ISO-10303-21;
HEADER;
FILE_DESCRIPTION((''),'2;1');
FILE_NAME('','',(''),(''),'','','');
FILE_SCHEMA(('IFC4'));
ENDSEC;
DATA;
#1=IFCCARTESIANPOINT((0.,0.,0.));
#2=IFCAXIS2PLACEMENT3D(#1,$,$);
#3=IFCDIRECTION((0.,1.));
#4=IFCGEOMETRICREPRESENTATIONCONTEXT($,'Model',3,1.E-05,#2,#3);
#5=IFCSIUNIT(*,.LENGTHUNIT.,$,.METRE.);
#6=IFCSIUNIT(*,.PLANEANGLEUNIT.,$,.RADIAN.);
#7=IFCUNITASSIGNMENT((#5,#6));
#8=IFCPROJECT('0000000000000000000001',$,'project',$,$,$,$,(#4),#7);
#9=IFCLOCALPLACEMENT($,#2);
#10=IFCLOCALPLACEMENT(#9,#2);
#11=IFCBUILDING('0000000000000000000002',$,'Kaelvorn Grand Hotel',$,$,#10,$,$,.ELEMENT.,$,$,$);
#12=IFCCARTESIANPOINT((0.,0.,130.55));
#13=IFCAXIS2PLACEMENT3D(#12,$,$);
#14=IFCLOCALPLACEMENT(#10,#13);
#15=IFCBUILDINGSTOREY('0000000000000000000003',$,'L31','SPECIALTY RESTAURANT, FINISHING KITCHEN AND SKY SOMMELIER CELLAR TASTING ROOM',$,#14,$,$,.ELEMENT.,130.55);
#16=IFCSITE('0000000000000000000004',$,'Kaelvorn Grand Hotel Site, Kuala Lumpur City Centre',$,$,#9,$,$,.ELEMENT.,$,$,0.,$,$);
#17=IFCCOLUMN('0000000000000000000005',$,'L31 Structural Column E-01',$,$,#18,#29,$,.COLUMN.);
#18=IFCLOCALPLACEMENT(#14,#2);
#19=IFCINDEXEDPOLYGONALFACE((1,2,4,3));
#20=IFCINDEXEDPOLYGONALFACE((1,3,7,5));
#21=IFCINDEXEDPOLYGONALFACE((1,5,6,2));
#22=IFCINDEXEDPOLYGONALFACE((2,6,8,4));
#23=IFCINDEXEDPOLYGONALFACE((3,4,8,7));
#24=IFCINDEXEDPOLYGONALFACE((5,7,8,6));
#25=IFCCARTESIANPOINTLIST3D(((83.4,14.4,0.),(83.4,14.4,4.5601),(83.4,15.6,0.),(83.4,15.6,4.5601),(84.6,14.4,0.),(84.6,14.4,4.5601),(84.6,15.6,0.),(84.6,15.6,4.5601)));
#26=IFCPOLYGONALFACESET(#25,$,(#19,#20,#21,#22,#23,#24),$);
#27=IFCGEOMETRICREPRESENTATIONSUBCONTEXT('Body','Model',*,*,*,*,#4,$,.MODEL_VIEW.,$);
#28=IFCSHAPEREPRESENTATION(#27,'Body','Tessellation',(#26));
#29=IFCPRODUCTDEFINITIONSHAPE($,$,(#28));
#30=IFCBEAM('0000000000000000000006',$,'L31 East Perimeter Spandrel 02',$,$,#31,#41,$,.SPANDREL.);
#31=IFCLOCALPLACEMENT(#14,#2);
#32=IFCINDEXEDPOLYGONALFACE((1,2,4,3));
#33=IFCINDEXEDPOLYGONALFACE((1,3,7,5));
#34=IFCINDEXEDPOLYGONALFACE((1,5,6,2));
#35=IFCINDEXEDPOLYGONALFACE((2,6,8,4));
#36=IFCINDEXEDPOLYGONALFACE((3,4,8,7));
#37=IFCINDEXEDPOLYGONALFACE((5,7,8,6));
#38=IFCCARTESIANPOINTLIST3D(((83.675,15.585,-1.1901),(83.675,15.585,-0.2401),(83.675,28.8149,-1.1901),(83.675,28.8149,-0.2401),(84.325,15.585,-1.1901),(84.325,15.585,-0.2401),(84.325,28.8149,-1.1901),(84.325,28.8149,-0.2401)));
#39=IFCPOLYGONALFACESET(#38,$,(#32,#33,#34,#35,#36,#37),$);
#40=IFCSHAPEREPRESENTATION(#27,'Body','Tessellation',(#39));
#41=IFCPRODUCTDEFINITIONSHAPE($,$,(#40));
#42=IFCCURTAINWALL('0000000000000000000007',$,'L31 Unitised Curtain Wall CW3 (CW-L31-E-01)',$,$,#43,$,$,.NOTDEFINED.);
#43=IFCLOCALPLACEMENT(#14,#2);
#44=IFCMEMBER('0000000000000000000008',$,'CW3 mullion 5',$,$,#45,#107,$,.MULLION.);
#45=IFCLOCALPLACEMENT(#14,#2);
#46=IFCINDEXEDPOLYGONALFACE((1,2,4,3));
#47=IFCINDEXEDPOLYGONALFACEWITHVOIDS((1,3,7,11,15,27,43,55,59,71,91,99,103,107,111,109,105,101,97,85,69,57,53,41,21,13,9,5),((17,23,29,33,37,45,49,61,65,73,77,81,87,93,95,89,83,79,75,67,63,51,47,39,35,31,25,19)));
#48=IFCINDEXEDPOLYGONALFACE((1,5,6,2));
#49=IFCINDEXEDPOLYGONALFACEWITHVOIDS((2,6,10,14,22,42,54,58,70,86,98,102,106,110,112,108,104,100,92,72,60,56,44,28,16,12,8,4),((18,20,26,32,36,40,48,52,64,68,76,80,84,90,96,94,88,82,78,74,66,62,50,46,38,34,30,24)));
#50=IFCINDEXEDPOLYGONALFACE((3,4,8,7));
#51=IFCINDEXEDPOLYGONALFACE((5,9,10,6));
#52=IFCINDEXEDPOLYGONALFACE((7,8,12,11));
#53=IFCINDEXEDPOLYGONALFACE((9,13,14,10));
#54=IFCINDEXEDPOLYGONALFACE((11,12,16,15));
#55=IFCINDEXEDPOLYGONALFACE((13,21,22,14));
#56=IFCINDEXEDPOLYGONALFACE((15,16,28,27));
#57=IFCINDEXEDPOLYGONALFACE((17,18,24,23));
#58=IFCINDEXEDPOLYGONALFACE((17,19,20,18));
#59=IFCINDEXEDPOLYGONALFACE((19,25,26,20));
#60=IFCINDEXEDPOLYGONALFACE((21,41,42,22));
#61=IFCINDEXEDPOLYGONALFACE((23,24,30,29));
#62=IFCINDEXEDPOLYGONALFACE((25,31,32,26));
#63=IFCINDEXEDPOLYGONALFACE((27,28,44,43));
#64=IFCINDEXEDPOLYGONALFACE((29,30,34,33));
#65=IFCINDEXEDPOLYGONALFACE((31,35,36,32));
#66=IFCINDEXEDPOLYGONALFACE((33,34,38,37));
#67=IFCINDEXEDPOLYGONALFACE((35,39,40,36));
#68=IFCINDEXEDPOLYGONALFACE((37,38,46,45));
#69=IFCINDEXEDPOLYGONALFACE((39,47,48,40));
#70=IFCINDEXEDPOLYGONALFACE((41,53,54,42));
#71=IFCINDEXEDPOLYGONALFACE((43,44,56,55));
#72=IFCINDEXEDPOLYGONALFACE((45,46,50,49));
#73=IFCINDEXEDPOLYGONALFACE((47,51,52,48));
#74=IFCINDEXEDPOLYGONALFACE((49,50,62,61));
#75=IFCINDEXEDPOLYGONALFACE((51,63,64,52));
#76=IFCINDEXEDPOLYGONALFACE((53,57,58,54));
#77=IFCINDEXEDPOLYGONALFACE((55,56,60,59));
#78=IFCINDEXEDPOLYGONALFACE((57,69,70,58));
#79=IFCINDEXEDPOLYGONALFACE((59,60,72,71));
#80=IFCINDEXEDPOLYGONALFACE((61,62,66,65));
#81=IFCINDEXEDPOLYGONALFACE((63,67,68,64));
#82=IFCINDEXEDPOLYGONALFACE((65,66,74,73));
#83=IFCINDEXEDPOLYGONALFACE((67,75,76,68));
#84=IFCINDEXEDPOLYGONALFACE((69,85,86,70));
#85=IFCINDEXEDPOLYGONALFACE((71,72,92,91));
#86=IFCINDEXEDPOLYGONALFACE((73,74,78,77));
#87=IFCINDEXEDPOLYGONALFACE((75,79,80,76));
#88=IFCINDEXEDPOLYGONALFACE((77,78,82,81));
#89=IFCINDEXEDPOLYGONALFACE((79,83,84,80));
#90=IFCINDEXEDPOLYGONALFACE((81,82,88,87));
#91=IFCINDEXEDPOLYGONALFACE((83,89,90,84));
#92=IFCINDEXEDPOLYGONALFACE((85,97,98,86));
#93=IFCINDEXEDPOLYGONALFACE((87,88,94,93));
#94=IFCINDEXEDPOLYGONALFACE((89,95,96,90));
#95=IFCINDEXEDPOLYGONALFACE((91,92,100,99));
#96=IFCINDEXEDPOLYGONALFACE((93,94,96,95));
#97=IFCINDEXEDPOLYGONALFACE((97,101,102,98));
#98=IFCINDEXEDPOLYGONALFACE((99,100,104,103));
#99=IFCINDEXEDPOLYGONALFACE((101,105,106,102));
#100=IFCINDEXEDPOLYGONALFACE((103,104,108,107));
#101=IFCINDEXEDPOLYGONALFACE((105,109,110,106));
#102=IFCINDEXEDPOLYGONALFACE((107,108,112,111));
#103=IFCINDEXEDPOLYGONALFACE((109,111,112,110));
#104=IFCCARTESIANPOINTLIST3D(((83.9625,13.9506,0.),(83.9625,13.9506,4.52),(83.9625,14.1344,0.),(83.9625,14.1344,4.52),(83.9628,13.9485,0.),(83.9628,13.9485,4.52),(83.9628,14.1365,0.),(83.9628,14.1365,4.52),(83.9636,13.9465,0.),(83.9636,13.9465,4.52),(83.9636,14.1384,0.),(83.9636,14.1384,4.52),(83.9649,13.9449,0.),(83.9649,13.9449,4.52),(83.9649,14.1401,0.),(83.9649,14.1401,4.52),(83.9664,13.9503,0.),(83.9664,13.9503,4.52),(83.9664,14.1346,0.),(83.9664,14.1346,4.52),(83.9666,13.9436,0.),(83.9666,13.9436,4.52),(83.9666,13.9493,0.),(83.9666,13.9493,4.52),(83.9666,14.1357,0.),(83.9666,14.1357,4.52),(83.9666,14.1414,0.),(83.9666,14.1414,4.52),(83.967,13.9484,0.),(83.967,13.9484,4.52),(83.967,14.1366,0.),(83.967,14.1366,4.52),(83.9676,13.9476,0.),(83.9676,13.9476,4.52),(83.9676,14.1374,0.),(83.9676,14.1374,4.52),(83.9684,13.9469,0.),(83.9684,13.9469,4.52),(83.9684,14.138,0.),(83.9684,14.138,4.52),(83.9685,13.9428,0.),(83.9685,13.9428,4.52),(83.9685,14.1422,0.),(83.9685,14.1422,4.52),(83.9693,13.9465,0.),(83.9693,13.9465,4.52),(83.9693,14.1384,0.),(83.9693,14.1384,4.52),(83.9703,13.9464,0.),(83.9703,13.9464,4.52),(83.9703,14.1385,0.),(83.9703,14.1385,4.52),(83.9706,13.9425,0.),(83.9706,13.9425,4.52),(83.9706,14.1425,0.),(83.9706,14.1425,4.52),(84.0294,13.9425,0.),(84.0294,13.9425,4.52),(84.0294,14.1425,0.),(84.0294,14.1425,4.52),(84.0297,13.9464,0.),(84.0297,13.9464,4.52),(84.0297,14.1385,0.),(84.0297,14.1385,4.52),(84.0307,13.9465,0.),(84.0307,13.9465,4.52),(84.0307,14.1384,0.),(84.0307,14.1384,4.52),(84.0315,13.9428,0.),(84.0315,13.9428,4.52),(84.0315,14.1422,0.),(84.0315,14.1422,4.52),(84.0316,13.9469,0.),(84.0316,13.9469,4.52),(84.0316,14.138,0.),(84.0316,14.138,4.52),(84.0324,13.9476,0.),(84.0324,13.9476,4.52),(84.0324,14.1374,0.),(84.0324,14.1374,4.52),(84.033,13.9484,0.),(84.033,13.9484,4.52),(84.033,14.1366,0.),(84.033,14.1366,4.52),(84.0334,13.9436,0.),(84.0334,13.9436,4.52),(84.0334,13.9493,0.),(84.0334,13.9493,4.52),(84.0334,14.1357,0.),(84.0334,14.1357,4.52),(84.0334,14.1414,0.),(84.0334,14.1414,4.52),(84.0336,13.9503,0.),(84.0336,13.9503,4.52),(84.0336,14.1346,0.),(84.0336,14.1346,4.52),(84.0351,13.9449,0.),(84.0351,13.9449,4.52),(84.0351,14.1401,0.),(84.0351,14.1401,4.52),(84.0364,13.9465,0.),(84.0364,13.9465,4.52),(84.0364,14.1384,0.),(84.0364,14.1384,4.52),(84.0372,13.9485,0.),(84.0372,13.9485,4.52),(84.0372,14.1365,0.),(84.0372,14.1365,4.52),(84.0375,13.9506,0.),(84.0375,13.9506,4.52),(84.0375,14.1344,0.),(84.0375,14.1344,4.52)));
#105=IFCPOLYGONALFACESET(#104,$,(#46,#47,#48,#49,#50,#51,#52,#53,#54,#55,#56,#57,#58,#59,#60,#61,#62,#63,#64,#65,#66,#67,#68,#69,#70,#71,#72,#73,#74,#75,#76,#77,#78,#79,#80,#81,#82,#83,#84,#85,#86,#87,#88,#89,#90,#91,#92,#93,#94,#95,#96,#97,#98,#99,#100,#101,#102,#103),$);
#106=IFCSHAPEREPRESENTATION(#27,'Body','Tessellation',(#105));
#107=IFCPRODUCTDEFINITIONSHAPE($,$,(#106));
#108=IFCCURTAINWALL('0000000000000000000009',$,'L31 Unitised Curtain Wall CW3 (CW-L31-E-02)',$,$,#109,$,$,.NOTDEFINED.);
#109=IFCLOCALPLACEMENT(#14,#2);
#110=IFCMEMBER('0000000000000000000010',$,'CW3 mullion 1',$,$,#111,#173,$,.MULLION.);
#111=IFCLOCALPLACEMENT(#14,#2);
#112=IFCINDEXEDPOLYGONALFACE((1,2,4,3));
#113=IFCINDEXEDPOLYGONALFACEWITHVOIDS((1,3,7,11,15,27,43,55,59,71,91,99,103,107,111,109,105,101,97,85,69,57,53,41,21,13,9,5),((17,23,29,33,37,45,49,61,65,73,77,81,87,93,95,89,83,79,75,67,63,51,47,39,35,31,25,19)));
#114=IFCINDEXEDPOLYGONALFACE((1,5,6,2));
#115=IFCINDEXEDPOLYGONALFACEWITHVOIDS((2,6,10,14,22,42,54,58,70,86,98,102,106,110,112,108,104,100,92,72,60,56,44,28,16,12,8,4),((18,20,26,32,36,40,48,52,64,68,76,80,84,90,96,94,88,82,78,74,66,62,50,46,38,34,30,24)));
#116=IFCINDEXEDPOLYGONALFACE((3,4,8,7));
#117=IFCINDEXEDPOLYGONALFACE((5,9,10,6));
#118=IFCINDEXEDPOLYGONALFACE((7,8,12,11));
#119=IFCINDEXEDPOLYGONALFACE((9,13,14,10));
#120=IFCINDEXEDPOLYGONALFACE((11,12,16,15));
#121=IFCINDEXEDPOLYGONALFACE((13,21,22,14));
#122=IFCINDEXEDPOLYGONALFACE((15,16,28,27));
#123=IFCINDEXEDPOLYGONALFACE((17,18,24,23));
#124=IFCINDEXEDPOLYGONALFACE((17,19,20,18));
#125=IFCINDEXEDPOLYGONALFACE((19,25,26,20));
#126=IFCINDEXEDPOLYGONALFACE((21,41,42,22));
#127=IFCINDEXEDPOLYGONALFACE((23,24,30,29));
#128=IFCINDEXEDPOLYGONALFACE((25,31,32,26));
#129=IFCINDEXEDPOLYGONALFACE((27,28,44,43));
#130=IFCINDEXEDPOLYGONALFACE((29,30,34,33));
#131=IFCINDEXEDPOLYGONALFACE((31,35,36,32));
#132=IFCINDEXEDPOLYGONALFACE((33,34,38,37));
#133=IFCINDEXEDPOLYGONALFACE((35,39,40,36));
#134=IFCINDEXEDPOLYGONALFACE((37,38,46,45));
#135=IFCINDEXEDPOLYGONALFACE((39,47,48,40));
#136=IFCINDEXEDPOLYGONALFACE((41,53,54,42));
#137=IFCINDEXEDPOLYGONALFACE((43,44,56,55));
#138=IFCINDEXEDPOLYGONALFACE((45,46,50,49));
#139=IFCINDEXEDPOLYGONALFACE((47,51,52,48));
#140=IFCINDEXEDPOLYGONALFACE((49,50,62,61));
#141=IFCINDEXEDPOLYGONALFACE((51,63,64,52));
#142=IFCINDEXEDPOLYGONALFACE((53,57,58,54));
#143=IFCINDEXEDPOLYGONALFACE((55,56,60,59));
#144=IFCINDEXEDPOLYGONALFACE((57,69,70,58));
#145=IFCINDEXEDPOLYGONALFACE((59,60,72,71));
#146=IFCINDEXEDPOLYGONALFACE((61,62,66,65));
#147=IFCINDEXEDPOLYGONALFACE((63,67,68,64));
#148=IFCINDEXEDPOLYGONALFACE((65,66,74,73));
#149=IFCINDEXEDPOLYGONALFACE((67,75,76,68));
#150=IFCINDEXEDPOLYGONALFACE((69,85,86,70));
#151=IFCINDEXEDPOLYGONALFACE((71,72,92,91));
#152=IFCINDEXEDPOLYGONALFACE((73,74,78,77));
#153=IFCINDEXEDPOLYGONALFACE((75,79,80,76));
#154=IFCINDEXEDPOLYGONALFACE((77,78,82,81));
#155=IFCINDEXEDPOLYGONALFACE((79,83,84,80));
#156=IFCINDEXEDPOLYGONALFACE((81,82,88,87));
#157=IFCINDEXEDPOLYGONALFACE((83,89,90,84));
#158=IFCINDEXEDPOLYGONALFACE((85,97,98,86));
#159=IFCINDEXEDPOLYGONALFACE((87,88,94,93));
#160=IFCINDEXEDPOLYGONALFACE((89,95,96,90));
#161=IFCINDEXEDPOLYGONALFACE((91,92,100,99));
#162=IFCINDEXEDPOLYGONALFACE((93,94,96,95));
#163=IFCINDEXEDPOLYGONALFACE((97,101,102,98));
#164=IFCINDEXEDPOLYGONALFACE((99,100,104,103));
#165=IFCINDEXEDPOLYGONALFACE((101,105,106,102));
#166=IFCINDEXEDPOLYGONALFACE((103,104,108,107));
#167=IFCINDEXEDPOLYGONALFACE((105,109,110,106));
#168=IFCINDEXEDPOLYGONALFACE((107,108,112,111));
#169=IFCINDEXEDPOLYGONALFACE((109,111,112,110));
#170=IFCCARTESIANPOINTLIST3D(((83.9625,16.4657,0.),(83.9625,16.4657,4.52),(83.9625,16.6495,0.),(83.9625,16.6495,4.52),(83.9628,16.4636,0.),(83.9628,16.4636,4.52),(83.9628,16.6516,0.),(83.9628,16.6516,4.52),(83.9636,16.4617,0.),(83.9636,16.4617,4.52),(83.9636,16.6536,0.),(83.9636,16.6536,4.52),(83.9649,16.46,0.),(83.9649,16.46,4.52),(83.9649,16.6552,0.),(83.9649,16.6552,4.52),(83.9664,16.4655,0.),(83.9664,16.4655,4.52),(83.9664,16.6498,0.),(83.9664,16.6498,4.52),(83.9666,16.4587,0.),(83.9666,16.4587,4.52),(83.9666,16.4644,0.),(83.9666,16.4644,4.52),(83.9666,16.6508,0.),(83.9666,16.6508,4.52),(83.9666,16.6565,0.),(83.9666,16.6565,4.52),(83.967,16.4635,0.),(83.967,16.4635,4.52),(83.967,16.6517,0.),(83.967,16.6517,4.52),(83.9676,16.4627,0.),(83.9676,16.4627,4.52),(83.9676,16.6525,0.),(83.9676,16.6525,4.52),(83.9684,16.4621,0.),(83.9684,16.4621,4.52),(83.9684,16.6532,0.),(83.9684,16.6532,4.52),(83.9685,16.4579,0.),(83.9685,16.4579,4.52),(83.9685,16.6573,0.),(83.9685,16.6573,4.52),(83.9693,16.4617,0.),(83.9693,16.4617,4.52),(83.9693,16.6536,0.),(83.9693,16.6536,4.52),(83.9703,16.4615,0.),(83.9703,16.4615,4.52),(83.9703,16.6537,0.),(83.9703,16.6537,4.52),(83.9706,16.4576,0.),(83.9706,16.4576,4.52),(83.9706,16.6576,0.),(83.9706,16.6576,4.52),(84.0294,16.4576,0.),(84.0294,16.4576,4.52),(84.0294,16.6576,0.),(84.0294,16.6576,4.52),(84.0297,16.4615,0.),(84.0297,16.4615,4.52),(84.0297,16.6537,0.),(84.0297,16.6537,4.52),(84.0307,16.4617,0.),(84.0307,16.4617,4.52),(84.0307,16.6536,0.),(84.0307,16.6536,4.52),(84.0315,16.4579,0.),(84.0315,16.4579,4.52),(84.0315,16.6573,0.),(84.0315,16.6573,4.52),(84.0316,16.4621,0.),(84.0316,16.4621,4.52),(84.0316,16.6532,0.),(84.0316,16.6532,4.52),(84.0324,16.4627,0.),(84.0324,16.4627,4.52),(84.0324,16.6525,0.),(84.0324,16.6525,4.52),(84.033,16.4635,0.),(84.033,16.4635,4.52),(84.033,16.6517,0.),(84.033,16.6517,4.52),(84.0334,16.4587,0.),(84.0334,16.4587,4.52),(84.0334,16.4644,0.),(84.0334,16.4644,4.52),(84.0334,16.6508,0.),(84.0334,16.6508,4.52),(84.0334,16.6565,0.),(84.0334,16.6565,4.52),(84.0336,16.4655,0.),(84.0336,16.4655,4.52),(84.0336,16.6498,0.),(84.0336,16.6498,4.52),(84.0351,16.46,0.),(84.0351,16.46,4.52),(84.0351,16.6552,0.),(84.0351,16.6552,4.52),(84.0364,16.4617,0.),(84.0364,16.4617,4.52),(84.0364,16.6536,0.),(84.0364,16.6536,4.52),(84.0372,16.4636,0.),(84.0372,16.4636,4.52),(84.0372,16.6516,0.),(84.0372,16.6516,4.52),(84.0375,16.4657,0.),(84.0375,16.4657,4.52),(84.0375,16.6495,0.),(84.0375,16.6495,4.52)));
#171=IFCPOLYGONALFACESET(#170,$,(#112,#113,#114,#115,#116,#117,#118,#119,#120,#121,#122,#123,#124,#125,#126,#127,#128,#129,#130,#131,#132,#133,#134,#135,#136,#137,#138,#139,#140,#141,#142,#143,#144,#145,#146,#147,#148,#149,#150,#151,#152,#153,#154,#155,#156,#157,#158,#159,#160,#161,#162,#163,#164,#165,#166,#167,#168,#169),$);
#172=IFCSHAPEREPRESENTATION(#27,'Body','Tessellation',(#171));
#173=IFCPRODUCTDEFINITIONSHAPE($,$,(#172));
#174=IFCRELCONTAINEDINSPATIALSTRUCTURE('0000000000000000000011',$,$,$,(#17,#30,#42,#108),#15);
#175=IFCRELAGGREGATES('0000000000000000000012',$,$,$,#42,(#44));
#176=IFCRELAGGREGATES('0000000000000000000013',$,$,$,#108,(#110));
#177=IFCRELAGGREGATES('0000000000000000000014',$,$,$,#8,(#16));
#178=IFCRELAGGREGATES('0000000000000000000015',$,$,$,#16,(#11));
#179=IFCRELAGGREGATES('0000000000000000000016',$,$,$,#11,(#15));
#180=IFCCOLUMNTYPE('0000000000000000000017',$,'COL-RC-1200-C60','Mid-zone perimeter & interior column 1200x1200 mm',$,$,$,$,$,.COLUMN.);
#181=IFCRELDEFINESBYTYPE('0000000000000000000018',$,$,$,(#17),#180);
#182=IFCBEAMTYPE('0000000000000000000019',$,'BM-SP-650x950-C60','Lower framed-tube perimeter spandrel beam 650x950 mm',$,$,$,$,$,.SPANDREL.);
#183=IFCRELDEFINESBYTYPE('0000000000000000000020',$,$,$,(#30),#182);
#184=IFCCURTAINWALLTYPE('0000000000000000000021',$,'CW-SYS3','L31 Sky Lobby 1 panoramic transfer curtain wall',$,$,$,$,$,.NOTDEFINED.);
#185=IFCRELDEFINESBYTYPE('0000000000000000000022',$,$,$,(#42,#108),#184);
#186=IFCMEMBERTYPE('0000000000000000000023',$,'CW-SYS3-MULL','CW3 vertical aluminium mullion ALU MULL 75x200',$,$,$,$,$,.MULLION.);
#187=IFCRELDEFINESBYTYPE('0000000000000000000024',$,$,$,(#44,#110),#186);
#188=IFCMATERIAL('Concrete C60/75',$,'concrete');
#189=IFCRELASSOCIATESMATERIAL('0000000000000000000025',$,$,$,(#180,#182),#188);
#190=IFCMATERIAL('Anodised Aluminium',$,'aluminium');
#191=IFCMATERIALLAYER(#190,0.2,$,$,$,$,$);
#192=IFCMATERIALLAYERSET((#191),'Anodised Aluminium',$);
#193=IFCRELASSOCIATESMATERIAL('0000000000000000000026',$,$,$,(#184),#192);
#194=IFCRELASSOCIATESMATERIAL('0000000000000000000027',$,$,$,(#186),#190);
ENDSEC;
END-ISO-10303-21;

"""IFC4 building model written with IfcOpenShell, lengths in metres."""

from ifc_helpers import new_model, si_unit, direction, frame, origin, origin_2d, place, context, subcontext, project, spatial, rectangle, hollow_rectangle, extrude, material, layer, layer_set, material_profile, profile_set, type_object, element, aggregate, save


model = new_model("IFC4")

# Units and contexts
model_context = context("Model", 3, precision=1e-05, world=origin(), true_north=direction((0.0, 1.0)))
body_context = subcontext(model_context, "Body", "Model", "MODEL_VIEW")
ifc_project = project(units=[si_unit("LENGTHUNIT", "METRE"), si_unit("PLANEANGLEUNIT", "RADIAN")], contexts=[model_context])

# Site, building, storey
site_placement = place(None, origin())
site = spatial("IfcSite", under=ifc_project, at=site_placement, Name="Kaelvorn Grand Hotel Site, Kuala Lumpur City Centre", CompositionType="ELEMENT", RefElevation=0.0)
building_placement = place(site_placement, origin())
building = spatial("IfcBuilding", under=site, at=building_placement, Name="Kaelvorn Grand Hotel", CompositionType="ELEMENT")
storey_placement = place(building_placement, frame((0.0, 0.0, 130.55)))
storey = spatial("IfcBuildingStorey", under=building, at=storey_placement, Name="L31", Description="SPECIALTY RESTAURANT, FINISHING KITCHEN AND SKY SOMMELIER CELLAR TASTING ROOM", CompositionType="ELEMENT", Elevation=130.55)

# Column
ifc_material_1 = material(Name="Concrete C60/75", Category="concrete")
ifc_material_profile_1 = material_profile(ifc_material_1, rectangle(XDim=1.2, YDim=1.2, at=origin_2d()), Name="RC COL 1200x1200")
ifc_profile_set_1 = profile_set([ifc_material_profile_1], Name="Concrete C60/75")
column_type = type_object("IfcColumnType", Name="COL-RC-1200-C60", Description="Mid-zone perimeter & interior column 1200x1200 mm", PredefinedType="COLUMN", material=ifc_profile_set_1)
column_placement = place(storey_placement, frame((84.0, 15.0, 0.0), z_axis=(0.0, 0.0, 1.0), x_axis=(1.0, 0.0, 0.0)))
element("IfcColumn", 1, at=column_placement, inside=storey, type_object=column_type, Name="L31 Structural Column E-01", PredefinedType="COLUMN", context=body_context, shape_type="SweptSolid", body=[
    extrude(rectangle(XDim=1.2, YDim=1.2, at=origin_2d()), origin(), (0.0, 0.0, 1.0), 4.5601),
])

# Beam
ifc_material_profile_2 = material_profile(ifc_material_1, rectangle(XDim=0.6499, YDim=0.95, at=origin_2d()), Name="RC SPANDREL 650x950")
ifc_profile_set_2 = profile_set([ifc_material_profile_2], Name="Concrete C60/75")
beam_type = type_object("IfcBeamType", Name="BM-SP-650x950-C60", Description="Lower framed-tube perimeter spandrel beam 650x950 mm", PredefinedType="SPANDREL", material=ifc_profile_set_2)
beam_placement = place(storey_placement, frame((84.0, 15.585, -0.7151), z_axis=(0.0, 1.0, 0.0), x_axis=(-1.0, 0.0, 0.0)))
element("IfcBeam", 2, at=beam_placement, inside=storey, type_object=beam_type, Name="L31 East Perimeter Spandrel 02", PredefinedType="SPANDREL", context=body_context, shape_type="SweptSolid", body=[
    extrude(rectangle(XDim=0.6499, YDim=0.95, at=origin_2d()), origin(), (0.0, 0.0, 1.0), 13.23),
])

# Curtain wall, member
ifc_material_2 = material(Name="Anodised Aluminium", Category="aluminium")
ifc_layer_1 = layer(ifc_material_2, 0.2)
ifc_layer_set_1 = layer_set([ifc_layer_1], Name="Anodised Aluminium")
curtain_wall_type = type_object("IfcCurtainWallType", Name="CW-SYS3", Description="L31 Sky Lobby 1 panoramic transfer curtain wall", PredefinedType="NOTDEFINED", material=ifc_layer_set_1)
curtain_wall_1_placement = place(storey_placement, origin())
curtain_wall_1 = element("IfcCurtainWall", 3, at=curtain_wall_1_placement, inside=storey, type_object=curtain_wall_type, Name="L31 Unitised Curtain Wall CW3 (CW-L31-E-01)", PredefinedType="NOTDEFINED")
ifc_material_profile_3 = material_profile(ifc_material_2, hollow_rectangle(XDim=0.075, YDim=0.2, WallThickness=0.0039, InnerFilletRadius=0.0039, OuterFilletRadius=0.0081, at=origin_2d()), Name="ALU MULL 75x200")
ifc_profile_set_3 = profile_set([ifc_material_profile_3], Name="Anodised Aluminium")
member_type_1 = type_object("IfcMemberType", Name="CW-SYS3-MULL", Description="CW3 vertical aluminium mullion ALU MULL 75x200", PredefinedType="MULLION", material=ifc_profile_set_3)
member_1_placement = place(storey_placement, frame((84.0, 14.0425, 0.0), z_axis=(0.0, 0.0, 1.0), x_axis=(-1.0, 0.0, 0.0)))
member_1 = element("IfcMember", 4, at=member_1_placement, type_object=member_type_1, Name="CW3 mullion 5", PredefinedType="MULLION", context=body_context, shape_type="SweptSolid", body=[
    extrude(hollow_rectangle(XDim=0.075, YDim=0.2, WallThickness=0.0039, InnerFilletRadius=0.0039, OuterFilletRadius=0.0081, at=origin_2d()), origin(), (0.0, 0.0, 1.0), 4.52),
])

# Curtain wall, member
curtain_wall_2_placement = place(storey_placement, origin())
curtain_wall_2 = element("IfcCurtainWall", 5, at=curtain_wall_2_placement, inside=storey, type_object=curtain_wall_type, Name="L31 Unitised Curtain Wall CW3 (CW-L31-E-02)", PredefinedType="NOTDEFINED")
member_2_placement = place(storey_placement, frame((84.0, 16.5576, 0.0), z_axis=(0.0, 0.0, 1.0), x_axis=(-1.0, 0.0, 0.0)))
member_2 = element("IfcMember", 6, at=member_2_placement, type_object=member_type_1, Name="CW3 mullion 1", PredefinedType="MULLION", context=body_context, shape_type="SweptSolid", body=[
    extrude(hollow_rectangle(XDim=0.075, YDim=0.2, WallThickness=0.0039, InnerFilletRadius=0.0039, OuterFilletRadius=0.0081, at=origin_2d()), origin(), (0.0, 0.0, 1.0), 4.52),
])

aggregate(curtain_wall_1, [member_1])
aggregate(curtain_wall_2, [member_2])

save(model, "model.ifc")
